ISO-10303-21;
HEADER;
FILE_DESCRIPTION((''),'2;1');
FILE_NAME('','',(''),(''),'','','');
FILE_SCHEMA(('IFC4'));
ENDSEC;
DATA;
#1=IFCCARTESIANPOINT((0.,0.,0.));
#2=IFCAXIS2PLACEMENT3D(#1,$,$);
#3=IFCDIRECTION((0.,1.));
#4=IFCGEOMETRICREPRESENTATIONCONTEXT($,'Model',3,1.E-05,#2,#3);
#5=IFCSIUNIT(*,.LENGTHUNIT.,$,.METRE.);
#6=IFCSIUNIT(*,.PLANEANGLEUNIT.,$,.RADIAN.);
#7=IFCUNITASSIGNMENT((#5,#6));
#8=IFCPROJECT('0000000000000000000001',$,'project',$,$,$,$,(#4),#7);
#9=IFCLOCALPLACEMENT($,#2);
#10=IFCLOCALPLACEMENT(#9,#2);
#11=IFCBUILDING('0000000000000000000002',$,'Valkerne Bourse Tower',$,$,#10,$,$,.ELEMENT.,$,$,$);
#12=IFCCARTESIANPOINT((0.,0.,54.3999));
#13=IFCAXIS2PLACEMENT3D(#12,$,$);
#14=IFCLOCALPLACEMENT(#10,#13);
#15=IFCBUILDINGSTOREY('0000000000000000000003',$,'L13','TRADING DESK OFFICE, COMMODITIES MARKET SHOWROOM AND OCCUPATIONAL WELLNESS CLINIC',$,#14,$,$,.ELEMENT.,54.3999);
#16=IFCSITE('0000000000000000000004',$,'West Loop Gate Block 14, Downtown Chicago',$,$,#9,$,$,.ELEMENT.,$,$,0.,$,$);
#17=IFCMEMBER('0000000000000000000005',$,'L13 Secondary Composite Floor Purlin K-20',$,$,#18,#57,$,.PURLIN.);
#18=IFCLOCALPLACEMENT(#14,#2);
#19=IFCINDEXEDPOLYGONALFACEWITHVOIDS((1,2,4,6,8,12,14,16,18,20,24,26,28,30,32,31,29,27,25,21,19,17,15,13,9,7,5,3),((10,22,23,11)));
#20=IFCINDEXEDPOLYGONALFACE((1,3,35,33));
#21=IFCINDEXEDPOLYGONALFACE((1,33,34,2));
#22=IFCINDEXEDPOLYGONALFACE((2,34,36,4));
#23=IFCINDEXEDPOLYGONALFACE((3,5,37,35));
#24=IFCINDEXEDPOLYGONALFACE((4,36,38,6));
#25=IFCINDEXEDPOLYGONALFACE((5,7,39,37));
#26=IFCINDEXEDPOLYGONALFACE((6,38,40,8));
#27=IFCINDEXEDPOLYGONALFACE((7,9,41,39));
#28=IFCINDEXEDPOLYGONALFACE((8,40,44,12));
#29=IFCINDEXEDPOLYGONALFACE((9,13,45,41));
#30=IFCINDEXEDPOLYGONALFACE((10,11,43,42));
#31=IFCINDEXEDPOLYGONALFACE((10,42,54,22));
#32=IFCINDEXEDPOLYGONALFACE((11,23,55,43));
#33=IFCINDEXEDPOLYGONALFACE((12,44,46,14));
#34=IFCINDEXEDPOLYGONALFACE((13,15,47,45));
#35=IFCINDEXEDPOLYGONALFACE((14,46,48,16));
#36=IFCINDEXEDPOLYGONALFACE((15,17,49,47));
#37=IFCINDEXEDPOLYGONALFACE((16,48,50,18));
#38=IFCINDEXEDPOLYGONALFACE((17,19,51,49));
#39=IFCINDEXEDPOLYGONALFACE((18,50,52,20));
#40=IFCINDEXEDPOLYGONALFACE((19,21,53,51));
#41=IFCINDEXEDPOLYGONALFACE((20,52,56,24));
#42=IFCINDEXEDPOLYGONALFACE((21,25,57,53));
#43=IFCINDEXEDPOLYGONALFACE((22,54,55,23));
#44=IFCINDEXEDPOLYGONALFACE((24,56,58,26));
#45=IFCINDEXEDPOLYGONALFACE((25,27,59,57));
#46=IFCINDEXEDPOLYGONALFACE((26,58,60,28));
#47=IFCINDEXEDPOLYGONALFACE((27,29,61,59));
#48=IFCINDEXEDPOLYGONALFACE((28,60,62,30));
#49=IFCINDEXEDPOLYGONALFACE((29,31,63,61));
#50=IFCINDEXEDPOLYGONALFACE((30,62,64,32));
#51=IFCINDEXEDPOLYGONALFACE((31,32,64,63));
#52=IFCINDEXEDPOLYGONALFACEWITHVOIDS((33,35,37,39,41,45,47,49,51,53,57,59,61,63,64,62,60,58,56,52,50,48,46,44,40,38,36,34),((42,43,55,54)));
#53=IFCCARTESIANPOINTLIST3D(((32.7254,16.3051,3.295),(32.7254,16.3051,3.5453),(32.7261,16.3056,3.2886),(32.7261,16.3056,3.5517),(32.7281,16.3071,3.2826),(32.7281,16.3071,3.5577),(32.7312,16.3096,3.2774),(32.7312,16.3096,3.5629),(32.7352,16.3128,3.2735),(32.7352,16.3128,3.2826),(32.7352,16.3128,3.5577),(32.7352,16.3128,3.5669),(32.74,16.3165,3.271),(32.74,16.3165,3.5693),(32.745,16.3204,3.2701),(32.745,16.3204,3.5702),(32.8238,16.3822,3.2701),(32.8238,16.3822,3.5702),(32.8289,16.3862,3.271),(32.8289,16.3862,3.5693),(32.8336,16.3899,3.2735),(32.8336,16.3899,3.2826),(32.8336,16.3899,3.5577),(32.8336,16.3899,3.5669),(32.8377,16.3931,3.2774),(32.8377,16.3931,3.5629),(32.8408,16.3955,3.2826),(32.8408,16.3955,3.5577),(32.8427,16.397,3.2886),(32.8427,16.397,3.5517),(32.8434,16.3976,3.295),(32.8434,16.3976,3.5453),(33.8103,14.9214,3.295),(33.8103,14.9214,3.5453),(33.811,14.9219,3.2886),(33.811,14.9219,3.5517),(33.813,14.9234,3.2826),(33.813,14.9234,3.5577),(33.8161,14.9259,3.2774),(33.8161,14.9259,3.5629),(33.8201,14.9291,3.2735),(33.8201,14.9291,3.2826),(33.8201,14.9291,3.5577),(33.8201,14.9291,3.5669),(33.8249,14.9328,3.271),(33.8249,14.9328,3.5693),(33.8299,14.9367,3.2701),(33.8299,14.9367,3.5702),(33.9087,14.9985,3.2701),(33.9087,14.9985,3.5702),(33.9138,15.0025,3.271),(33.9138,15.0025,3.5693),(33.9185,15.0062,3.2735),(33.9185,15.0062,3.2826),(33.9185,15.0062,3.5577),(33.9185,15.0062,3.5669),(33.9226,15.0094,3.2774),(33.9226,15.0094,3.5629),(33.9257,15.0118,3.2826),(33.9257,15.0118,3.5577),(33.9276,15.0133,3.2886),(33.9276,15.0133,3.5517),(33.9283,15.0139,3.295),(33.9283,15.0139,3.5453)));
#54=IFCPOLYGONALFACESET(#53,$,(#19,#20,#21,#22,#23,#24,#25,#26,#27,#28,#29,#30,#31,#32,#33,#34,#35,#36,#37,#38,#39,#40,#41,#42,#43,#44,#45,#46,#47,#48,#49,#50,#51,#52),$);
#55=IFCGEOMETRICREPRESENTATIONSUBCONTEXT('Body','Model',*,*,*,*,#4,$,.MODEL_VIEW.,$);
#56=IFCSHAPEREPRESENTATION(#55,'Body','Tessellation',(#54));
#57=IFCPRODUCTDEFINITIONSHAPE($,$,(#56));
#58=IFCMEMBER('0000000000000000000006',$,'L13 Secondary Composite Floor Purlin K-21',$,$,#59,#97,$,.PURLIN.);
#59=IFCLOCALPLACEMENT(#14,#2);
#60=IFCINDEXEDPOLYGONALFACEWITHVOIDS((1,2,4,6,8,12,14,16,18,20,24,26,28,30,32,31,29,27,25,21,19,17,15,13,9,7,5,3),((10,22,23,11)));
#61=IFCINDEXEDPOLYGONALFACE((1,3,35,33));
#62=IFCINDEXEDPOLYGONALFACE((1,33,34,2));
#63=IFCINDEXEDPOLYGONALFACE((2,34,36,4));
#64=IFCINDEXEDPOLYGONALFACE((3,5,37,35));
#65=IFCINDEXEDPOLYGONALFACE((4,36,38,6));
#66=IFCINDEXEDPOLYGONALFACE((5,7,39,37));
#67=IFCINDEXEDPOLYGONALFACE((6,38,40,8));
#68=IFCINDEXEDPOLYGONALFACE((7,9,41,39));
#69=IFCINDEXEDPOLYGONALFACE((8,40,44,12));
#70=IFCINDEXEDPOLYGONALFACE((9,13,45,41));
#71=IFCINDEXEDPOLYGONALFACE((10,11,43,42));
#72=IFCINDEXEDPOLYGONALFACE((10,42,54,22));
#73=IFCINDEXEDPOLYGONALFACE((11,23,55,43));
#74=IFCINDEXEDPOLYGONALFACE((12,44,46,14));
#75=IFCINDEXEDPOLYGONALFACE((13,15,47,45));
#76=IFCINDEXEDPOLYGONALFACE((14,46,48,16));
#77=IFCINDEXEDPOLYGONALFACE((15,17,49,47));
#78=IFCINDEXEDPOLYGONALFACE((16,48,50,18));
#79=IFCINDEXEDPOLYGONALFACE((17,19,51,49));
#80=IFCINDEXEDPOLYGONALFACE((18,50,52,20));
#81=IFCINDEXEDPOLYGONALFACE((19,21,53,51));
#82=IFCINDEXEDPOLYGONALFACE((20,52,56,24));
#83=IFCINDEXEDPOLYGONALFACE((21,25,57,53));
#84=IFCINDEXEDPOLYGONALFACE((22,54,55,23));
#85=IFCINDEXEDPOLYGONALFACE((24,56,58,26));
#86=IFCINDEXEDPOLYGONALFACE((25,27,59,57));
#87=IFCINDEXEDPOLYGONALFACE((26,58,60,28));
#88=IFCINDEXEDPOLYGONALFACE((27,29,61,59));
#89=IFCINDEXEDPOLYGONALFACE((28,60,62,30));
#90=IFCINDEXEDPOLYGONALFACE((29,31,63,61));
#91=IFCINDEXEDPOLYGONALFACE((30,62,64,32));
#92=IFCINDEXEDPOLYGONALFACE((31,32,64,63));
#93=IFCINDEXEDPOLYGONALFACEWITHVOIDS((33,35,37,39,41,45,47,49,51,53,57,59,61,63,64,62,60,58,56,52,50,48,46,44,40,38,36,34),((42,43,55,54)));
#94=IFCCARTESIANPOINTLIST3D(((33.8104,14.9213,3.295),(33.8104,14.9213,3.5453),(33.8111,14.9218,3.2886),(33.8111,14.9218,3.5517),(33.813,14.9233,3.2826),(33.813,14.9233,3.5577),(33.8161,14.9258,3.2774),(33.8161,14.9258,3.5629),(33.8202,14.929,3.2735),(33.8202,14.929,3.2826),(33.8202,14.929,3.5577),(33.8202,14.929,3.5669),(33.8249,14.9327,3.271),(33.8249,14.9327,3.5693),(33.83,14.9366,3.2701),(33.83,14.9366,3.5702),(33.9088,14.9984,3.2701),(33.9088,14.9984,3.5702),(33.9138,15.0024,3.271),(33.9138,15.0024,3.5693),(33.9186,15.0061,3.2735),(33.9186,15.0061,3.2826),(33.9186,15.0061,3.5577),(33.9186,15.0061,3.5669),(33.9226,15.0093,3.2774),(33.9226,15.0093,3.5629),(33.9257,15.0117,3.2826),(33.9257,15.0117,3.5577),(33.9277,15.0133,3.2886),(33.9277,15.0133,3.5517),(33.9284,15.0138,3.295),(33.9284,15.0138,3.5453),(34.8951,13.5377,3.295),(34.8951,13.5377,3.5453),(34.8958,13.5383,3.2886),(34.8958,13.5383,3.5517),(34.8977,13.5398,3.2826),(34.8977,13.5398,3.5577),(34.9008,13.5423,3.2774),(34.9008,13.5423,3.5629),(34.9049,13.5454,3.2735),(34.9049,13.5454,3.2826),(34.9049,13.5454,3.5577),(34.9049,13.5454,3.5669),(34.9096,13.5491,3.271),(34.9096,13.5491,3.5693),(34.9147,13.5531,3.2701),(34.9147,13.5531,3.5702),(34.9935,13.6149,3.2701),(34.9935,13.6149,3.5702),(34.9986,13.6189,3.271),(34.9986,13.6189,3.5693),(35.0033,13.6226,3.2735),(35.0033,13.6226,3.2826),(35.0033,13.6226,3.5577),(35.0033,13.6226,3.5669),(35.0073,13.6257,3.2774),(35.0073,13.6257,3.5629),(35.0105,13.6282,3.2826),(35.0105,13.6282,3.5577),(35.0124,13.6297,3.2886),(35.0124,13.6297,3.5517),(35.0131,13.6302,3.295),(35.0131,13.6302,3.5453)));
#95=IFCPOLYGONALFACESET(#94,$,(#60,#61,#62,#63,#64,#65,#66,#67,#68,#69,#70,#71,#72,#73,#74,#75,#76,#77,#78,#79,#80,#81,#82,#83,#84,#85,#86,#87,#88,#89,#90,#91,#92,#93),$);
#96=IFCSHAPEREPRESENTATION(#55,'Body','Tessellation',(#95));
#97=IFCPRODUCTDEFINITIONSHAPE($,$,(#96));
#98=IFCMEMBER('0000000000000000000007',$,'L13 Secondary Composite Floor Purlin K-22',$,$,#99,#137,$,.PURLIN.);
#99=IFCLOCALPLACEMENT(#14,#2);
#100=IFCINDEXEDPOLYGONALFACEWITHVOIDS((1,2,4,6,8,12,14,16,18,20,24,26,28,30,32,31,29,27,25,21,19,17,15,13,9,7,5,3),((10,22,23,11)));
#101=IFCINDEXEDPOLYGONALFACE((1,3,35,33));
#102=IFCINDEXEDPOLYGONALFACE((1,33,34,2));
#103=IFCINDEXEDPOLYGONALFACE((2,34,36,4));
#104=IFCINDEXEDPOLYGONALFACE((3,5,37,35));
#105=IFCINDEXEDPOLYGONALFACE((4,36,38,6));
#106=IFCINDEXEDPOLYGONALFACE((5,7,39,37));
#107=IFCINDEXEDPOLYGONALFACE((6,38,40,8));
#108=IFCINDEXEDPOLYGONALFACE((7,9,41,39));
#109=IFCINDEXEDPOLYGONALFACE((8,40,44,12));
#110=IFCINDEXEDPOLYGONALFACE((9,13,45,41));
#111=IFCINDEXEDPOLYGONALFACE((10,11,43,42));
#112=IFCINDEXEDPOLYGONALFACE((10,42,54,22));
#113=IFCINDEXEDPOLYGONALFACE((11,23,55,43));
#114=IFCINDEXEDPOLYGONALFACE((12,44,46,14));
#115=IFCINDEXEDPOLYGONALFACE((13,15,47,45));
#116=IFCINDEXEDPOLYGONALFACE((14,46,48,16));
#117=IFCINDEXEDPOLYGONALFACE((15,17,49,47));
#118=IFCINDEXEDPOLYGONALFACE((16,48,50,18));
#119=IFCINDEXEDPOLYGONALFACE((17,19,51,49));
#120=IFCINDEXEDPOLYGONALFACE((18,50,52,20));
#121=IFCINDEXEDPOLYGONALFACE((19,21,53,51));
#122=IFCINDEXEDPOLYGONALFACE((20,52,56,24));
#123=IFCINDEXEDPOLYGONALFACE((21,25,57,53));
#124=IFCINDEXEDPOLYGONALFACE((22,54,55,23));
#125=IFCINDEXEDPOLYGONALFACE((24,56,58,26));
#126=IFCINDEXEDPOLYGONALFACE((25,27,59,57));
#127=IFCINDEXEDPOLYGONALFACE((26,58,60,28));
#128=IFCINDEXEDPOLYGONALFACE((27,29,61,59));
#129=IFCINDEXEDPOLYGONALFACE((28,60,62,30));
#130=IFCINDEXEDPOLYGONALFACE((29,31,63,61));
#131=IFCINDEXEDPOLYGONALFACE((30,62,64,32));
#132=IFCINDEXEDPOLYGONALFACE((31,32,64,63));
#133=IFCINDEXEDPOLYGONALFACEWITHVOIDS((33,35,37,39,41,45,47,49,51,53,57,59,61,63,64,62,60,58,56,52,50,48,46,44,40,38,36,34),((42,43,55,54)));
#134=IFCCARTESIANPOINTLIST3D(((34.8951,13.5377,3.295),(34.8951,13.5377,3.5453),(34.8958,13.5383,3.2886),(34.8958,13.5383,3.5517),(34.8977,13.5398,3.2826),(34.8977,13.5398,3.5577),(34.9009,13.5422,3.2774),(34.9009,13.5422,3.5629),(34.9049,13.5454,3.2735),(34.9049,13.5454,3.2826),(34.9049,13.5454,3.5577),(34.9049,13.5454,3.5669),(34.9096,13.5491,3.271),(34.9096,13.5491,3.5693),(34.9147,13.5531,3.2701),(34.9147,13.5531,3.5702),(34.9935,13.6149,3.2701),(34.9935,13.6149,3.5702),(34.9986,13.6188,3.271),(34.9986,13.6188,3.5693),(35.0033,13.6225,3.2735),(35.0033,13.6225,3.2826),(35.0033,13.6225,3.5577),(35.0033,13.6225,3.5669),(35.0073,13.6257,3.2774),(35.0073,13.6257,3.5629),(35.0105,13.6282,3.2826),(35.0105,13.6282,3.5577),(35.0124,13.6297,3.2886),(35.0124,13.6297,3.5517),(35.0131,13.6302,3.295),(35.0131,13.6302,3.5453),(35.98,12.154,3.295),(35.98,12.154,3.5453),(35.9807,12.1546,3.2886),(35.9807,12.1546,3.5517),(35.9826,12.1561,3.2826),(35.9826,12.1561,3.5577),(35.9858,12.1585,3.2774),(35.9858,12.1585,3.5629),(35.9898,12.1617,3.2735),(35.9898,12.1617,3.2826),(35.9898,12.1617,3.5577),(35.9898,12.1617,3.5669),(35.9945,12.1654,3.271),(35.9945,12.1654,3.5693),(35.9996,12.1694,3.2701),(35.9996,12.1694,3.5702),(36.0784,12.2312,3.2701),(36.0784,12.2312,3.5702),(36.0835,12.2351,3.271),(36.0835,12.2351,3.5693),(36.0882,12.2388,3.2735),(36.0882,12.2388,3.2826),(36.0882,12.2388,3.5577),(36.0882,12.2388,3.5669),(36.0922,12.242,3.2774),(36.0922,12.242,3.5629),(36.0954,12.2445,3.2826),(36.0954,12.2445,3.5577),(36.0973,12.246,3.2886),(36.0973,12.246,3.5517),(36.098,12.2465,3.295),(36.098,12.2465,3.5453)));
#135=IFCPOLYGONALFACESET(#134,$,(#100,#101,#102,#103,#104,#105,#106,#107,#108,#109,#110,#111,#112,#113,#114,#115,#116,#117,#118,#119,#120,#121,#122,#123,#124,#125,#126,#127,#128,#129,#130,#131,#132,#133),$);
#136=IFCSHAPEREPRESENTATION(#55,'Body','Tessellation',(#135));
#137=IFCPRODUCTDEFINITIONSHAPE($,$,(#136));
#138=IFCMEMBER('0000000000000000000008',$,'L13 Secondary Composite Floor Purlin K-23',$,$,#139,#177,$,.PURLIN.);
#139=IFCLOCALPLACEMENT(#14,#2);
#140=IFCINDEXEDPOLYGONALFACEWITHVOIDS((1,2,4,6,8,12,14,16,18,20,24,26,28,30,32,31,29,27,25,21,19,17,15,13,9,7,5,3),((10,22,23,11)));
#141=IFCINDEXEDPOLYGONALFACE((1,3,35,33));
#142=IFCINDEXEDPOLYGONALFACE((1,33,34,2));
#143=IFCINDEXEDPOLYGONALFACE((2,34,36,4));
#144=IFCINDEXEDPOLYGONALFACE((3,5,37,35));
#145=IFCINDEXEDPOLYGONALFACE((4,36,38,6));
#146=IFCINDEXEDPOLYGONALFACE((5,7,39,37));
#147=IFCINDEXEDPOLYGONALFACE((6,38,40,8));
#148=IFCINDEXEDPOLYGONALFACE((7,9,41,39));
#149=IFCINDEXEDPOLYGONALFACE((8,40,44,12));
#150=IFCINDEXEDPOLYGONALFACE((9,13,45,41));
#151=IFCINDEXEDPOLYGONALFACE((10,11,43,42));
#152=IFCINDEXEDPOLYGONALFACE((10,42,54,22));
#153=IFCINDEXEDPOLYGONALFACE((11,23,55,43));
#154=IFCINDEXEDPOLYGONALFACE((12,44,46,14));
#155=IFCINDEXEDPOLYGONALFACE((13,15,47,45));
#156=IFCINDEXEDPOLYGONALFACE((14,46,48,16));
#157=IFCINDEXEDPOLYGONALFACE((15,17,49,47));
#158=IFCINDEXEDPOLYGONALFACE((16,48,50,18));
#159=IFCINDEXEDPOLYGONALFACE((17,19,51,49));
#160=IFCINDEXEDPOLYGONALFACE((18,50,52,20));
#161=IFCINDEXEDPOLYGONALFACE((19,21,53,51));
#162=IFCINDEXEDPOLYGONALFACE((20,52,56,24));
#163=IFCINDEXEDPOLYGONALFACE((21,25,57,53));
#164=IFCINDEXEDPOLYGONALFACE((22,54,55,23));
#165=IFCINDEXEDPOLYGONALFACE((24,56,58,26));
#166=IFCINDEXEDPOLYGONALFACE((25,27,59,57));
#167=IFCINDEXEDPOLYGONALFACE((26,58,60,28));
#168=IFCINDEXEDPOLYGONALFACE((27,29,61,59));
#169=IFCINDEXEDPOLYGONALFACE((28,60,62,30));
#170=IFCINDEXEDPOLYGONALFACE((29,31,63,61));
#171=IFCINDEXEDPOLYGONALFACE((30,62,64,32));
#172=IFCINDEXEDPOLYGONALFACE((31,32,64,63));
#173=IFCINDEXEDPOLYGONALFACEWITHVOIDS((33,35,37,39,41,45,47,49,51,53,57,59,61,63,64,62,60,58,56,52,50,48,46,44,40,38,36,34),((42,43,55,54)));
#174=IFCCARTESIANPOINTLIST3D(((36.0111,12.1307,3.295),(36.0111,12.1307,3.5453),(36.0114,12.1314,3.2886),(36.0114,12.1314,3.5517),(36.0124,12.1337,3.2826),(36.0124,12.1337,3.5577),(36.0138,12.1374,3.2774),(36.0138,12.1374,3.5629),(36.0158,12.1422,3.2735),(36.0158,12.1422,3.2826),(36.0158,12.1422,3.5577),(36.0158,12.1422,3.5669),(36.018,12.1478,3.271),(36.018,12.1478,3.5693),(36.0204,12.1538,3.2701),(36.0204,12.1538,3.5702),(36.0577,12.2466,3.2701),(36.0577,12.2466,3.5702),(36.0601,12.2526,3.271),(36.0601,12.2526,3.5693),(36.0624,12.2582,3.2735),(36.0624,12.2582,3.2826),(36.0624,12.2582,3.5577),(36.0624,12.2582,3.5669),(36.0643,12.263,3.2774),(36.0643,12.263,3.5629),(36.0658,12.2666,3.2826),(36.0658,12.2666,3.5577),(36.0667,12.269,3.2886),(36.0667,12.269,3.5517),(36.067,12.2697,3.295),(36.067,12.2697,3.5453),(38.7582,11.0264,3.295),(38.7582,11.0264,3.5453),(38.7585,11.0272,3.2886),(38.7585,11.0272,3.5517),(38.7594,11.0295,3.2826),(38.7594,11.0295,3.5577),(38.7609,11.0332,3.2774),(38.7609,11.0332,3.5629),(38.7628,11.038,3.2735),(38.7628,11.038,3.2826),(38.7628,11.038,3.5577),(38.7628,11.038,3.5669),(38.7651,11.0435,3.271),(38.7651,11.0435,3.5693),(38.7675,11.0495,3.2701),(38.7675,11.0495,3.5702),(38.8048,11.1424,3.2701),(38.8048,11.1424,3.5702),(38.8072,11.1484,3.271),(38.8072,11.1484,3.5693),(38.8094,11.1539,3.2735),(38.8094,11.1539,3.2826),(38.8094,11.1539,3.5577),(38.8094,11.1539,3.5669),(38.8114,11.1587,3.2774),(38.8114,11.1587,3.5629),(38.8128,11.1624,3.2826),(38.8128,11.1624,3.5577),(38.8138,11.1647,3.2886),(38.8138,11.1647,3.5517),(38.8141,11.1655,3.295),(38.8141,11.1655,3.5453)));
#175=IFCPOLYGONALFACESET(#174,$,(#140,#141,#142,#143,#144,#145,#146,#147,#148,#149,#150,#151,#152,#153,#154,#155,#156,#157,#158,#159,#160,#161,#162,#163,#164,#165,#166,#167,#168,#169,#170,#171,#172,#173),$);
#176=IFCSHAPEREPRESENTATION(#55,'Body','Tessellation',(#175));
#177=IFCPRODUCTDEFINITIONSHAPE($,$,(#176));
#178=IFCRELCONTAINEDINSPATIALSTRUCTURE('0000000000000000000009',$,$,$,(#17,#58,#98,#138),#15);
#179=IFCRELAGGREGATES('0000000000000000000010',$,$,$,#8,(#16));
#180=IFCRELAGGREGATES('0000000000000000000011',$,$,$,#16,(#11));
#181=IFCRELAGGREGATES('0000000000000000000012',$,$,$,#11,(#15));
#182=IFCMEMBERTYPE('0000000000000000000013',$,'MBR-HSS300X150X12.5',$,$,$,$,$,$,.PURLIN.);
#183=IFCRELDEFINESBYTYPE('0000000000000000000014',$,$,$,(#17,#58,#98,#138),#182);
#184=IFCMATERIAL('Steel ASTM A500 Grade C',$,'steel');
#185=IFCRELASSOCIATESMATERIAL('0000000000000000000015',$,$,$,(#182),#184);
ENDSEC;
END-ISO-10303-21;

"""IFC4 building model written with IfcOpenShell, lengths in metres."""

from ifc_helpers import new_model, si_unit, direction, frame, origin, origin_2d, place, context, subcontext, project, spatial, hollow_rectangle, extrude, material, material_profile, profile_set, type_object, element, save


model = new_model("IFC4")

# Units and contexts
model_context = context("Model", 3, precision=1e-05, world=origin(), true_north=direction((0.0, 1.0)))
body_context = subcontext(model_context, "Body", "Model", "MODEL_VIEW")
ifc_project = project(units=[si_unit("LENGTHUNIT", "METRE"), si_unit("PLANEANGLEUNIT", "RADIAN")], contexts=[model_context])

# Site, building, storey
site_placement = place(None, origin())
site = spatial("IfcSite", under=ifc_project, at=site_placement, Name="West Loop Gate Block 14, Downtown Chicago", CompositionType="ELEMENT", RefElevation=0.0)
building_placement = place(site_placement, origin())
building = spatial("IfcBuilding", under=site, at=building_placement, Name="Valkerne Bourse Tower", CompositionType="ELEMENT")
storey_placement = place(building_placement, frame((0.0, 0.0, 54.3999)))
storey = spatial("IfcBuildingStorey", under=building, at=storey_placement, Name="L13", Description="TRADING DESK OFFICE, COMMODITIES MARKET SHOWROOM AND OCCUPATIONAL WELLNESS CLINIC", CompositionType="ELEMENT", Elevation=54.3999)

# Members
ifc_material_1 = material(Name="Steel ASTM A500 Grade C", Category="steel")
ifc_material_profile_1 = material_profile(ifc_material_1, hollow_rectangle(XDim=0.1499, YDim=0.3, WallThickness=0.0125, OuterFilletRadius=0.0249, at=origin_2d()), Name="HSS300X150X12.5")
ifc_profile_set_1 = profile_set([ifc_material_profile_1], Name="Steel ASTM A500 Grade C")
member_type_1 = type_object("IfcMemberType", Name="MBR-HSS300X150X12.5", PredefinedType="PURLIN", material=ifc_profile_set_1)
member_1_placement = place(storey_placement, frame((32.7844, 16.3513, 3.4202), z_axis=(0.617012, -0.786954, 0.0), x_axis=(0.786954, 0.617012, 0.0)))
element("IfcMember", 1, at=member_1_placement, inside=storey, type_object=member_type_1, Name="L13 Secondary Composite Floor Purlin K-20", PredefinedType="PURLIN", context=body_context, shape_type="SweptSolid", body=[
    extrude(hollow_rectangle(XDim=0.1499, YDim=0.3, WallThickness=0.0125, OuterFilletRadius=0.0249, at=origin_2d()), origin(), (0.0, 0.0, 1.0), 1.7583),
])
member_2_placement = place(storey_placement, frame((33.8694, 14.9675, 3.4202), z_axis=(0.616993, -0.786968, 0.0), x_axis=(0.786968, 0.616993, 0.0)))
element("IfcMember", 2, at=member_2_placement, inside=storey, type_object=member_type_1, Name="L13 Secondary Composite Floor Purlin K-21", PredefinedType="PURLIN", context=body_context, shape_type="SweptSolid", body=[
    extrude(hollow_rectangle(XDim=0.1499, YDim=0.3, WallThickness=0.0125, OuterFilletRadius=0.0249, at=origin_2d()), origin(), (0.0, 0.0, 1.0), 1.7581),
])
member_3_placement = place(storey_placement, frame((34.9541, 13.584, 3.4202), z_axis=(0.617012, -0.786954, 0.0), x_axis=(0.786954, 0.617012, 0.0)))
element("IfcMember", 3, at=member_3_placement, inside=storey, type_object=member_type_1, Name="L13 Secondary Composite Floor Purlin K-22", PredefinedType="PURLIN", context=body_context, shape_type="SweptSolid", body=[
    extrude(hollow_rectangle(XDim=0.1499, YDim=0.3, WallThickness=0.0125, OuterFilletRadius=0.0249, at=origin_2d()), origin(), (0.0, 0.0, 1.0), 1.7583),
])
member_4_placement = place(storey_placement, frame((36.0391, 12.2002, 3.4202), z_axis=(0.927844, -0.372968, 0.0), x_axis=(0.372968, 0.927844, 0.0)))
element("IfcMember", 4, at=member_4_placement, inside=storey, type_object=member_type_1, Name="L13 Secondary Composite Floor Purlin K-23", PredefinedType="PURLIN", context=body_context, shape_type="SweptSolid", body=[
    extrude(hollow_rectangle(XDim=0.1499, YDim=0.3, WallThickness=0.0125, OuterFilletRadius=0.0249, at=origin_2d()), origin(), (0.0, 0.0, 1.0), 2.9607),
])

save(model, "model.ifc")
